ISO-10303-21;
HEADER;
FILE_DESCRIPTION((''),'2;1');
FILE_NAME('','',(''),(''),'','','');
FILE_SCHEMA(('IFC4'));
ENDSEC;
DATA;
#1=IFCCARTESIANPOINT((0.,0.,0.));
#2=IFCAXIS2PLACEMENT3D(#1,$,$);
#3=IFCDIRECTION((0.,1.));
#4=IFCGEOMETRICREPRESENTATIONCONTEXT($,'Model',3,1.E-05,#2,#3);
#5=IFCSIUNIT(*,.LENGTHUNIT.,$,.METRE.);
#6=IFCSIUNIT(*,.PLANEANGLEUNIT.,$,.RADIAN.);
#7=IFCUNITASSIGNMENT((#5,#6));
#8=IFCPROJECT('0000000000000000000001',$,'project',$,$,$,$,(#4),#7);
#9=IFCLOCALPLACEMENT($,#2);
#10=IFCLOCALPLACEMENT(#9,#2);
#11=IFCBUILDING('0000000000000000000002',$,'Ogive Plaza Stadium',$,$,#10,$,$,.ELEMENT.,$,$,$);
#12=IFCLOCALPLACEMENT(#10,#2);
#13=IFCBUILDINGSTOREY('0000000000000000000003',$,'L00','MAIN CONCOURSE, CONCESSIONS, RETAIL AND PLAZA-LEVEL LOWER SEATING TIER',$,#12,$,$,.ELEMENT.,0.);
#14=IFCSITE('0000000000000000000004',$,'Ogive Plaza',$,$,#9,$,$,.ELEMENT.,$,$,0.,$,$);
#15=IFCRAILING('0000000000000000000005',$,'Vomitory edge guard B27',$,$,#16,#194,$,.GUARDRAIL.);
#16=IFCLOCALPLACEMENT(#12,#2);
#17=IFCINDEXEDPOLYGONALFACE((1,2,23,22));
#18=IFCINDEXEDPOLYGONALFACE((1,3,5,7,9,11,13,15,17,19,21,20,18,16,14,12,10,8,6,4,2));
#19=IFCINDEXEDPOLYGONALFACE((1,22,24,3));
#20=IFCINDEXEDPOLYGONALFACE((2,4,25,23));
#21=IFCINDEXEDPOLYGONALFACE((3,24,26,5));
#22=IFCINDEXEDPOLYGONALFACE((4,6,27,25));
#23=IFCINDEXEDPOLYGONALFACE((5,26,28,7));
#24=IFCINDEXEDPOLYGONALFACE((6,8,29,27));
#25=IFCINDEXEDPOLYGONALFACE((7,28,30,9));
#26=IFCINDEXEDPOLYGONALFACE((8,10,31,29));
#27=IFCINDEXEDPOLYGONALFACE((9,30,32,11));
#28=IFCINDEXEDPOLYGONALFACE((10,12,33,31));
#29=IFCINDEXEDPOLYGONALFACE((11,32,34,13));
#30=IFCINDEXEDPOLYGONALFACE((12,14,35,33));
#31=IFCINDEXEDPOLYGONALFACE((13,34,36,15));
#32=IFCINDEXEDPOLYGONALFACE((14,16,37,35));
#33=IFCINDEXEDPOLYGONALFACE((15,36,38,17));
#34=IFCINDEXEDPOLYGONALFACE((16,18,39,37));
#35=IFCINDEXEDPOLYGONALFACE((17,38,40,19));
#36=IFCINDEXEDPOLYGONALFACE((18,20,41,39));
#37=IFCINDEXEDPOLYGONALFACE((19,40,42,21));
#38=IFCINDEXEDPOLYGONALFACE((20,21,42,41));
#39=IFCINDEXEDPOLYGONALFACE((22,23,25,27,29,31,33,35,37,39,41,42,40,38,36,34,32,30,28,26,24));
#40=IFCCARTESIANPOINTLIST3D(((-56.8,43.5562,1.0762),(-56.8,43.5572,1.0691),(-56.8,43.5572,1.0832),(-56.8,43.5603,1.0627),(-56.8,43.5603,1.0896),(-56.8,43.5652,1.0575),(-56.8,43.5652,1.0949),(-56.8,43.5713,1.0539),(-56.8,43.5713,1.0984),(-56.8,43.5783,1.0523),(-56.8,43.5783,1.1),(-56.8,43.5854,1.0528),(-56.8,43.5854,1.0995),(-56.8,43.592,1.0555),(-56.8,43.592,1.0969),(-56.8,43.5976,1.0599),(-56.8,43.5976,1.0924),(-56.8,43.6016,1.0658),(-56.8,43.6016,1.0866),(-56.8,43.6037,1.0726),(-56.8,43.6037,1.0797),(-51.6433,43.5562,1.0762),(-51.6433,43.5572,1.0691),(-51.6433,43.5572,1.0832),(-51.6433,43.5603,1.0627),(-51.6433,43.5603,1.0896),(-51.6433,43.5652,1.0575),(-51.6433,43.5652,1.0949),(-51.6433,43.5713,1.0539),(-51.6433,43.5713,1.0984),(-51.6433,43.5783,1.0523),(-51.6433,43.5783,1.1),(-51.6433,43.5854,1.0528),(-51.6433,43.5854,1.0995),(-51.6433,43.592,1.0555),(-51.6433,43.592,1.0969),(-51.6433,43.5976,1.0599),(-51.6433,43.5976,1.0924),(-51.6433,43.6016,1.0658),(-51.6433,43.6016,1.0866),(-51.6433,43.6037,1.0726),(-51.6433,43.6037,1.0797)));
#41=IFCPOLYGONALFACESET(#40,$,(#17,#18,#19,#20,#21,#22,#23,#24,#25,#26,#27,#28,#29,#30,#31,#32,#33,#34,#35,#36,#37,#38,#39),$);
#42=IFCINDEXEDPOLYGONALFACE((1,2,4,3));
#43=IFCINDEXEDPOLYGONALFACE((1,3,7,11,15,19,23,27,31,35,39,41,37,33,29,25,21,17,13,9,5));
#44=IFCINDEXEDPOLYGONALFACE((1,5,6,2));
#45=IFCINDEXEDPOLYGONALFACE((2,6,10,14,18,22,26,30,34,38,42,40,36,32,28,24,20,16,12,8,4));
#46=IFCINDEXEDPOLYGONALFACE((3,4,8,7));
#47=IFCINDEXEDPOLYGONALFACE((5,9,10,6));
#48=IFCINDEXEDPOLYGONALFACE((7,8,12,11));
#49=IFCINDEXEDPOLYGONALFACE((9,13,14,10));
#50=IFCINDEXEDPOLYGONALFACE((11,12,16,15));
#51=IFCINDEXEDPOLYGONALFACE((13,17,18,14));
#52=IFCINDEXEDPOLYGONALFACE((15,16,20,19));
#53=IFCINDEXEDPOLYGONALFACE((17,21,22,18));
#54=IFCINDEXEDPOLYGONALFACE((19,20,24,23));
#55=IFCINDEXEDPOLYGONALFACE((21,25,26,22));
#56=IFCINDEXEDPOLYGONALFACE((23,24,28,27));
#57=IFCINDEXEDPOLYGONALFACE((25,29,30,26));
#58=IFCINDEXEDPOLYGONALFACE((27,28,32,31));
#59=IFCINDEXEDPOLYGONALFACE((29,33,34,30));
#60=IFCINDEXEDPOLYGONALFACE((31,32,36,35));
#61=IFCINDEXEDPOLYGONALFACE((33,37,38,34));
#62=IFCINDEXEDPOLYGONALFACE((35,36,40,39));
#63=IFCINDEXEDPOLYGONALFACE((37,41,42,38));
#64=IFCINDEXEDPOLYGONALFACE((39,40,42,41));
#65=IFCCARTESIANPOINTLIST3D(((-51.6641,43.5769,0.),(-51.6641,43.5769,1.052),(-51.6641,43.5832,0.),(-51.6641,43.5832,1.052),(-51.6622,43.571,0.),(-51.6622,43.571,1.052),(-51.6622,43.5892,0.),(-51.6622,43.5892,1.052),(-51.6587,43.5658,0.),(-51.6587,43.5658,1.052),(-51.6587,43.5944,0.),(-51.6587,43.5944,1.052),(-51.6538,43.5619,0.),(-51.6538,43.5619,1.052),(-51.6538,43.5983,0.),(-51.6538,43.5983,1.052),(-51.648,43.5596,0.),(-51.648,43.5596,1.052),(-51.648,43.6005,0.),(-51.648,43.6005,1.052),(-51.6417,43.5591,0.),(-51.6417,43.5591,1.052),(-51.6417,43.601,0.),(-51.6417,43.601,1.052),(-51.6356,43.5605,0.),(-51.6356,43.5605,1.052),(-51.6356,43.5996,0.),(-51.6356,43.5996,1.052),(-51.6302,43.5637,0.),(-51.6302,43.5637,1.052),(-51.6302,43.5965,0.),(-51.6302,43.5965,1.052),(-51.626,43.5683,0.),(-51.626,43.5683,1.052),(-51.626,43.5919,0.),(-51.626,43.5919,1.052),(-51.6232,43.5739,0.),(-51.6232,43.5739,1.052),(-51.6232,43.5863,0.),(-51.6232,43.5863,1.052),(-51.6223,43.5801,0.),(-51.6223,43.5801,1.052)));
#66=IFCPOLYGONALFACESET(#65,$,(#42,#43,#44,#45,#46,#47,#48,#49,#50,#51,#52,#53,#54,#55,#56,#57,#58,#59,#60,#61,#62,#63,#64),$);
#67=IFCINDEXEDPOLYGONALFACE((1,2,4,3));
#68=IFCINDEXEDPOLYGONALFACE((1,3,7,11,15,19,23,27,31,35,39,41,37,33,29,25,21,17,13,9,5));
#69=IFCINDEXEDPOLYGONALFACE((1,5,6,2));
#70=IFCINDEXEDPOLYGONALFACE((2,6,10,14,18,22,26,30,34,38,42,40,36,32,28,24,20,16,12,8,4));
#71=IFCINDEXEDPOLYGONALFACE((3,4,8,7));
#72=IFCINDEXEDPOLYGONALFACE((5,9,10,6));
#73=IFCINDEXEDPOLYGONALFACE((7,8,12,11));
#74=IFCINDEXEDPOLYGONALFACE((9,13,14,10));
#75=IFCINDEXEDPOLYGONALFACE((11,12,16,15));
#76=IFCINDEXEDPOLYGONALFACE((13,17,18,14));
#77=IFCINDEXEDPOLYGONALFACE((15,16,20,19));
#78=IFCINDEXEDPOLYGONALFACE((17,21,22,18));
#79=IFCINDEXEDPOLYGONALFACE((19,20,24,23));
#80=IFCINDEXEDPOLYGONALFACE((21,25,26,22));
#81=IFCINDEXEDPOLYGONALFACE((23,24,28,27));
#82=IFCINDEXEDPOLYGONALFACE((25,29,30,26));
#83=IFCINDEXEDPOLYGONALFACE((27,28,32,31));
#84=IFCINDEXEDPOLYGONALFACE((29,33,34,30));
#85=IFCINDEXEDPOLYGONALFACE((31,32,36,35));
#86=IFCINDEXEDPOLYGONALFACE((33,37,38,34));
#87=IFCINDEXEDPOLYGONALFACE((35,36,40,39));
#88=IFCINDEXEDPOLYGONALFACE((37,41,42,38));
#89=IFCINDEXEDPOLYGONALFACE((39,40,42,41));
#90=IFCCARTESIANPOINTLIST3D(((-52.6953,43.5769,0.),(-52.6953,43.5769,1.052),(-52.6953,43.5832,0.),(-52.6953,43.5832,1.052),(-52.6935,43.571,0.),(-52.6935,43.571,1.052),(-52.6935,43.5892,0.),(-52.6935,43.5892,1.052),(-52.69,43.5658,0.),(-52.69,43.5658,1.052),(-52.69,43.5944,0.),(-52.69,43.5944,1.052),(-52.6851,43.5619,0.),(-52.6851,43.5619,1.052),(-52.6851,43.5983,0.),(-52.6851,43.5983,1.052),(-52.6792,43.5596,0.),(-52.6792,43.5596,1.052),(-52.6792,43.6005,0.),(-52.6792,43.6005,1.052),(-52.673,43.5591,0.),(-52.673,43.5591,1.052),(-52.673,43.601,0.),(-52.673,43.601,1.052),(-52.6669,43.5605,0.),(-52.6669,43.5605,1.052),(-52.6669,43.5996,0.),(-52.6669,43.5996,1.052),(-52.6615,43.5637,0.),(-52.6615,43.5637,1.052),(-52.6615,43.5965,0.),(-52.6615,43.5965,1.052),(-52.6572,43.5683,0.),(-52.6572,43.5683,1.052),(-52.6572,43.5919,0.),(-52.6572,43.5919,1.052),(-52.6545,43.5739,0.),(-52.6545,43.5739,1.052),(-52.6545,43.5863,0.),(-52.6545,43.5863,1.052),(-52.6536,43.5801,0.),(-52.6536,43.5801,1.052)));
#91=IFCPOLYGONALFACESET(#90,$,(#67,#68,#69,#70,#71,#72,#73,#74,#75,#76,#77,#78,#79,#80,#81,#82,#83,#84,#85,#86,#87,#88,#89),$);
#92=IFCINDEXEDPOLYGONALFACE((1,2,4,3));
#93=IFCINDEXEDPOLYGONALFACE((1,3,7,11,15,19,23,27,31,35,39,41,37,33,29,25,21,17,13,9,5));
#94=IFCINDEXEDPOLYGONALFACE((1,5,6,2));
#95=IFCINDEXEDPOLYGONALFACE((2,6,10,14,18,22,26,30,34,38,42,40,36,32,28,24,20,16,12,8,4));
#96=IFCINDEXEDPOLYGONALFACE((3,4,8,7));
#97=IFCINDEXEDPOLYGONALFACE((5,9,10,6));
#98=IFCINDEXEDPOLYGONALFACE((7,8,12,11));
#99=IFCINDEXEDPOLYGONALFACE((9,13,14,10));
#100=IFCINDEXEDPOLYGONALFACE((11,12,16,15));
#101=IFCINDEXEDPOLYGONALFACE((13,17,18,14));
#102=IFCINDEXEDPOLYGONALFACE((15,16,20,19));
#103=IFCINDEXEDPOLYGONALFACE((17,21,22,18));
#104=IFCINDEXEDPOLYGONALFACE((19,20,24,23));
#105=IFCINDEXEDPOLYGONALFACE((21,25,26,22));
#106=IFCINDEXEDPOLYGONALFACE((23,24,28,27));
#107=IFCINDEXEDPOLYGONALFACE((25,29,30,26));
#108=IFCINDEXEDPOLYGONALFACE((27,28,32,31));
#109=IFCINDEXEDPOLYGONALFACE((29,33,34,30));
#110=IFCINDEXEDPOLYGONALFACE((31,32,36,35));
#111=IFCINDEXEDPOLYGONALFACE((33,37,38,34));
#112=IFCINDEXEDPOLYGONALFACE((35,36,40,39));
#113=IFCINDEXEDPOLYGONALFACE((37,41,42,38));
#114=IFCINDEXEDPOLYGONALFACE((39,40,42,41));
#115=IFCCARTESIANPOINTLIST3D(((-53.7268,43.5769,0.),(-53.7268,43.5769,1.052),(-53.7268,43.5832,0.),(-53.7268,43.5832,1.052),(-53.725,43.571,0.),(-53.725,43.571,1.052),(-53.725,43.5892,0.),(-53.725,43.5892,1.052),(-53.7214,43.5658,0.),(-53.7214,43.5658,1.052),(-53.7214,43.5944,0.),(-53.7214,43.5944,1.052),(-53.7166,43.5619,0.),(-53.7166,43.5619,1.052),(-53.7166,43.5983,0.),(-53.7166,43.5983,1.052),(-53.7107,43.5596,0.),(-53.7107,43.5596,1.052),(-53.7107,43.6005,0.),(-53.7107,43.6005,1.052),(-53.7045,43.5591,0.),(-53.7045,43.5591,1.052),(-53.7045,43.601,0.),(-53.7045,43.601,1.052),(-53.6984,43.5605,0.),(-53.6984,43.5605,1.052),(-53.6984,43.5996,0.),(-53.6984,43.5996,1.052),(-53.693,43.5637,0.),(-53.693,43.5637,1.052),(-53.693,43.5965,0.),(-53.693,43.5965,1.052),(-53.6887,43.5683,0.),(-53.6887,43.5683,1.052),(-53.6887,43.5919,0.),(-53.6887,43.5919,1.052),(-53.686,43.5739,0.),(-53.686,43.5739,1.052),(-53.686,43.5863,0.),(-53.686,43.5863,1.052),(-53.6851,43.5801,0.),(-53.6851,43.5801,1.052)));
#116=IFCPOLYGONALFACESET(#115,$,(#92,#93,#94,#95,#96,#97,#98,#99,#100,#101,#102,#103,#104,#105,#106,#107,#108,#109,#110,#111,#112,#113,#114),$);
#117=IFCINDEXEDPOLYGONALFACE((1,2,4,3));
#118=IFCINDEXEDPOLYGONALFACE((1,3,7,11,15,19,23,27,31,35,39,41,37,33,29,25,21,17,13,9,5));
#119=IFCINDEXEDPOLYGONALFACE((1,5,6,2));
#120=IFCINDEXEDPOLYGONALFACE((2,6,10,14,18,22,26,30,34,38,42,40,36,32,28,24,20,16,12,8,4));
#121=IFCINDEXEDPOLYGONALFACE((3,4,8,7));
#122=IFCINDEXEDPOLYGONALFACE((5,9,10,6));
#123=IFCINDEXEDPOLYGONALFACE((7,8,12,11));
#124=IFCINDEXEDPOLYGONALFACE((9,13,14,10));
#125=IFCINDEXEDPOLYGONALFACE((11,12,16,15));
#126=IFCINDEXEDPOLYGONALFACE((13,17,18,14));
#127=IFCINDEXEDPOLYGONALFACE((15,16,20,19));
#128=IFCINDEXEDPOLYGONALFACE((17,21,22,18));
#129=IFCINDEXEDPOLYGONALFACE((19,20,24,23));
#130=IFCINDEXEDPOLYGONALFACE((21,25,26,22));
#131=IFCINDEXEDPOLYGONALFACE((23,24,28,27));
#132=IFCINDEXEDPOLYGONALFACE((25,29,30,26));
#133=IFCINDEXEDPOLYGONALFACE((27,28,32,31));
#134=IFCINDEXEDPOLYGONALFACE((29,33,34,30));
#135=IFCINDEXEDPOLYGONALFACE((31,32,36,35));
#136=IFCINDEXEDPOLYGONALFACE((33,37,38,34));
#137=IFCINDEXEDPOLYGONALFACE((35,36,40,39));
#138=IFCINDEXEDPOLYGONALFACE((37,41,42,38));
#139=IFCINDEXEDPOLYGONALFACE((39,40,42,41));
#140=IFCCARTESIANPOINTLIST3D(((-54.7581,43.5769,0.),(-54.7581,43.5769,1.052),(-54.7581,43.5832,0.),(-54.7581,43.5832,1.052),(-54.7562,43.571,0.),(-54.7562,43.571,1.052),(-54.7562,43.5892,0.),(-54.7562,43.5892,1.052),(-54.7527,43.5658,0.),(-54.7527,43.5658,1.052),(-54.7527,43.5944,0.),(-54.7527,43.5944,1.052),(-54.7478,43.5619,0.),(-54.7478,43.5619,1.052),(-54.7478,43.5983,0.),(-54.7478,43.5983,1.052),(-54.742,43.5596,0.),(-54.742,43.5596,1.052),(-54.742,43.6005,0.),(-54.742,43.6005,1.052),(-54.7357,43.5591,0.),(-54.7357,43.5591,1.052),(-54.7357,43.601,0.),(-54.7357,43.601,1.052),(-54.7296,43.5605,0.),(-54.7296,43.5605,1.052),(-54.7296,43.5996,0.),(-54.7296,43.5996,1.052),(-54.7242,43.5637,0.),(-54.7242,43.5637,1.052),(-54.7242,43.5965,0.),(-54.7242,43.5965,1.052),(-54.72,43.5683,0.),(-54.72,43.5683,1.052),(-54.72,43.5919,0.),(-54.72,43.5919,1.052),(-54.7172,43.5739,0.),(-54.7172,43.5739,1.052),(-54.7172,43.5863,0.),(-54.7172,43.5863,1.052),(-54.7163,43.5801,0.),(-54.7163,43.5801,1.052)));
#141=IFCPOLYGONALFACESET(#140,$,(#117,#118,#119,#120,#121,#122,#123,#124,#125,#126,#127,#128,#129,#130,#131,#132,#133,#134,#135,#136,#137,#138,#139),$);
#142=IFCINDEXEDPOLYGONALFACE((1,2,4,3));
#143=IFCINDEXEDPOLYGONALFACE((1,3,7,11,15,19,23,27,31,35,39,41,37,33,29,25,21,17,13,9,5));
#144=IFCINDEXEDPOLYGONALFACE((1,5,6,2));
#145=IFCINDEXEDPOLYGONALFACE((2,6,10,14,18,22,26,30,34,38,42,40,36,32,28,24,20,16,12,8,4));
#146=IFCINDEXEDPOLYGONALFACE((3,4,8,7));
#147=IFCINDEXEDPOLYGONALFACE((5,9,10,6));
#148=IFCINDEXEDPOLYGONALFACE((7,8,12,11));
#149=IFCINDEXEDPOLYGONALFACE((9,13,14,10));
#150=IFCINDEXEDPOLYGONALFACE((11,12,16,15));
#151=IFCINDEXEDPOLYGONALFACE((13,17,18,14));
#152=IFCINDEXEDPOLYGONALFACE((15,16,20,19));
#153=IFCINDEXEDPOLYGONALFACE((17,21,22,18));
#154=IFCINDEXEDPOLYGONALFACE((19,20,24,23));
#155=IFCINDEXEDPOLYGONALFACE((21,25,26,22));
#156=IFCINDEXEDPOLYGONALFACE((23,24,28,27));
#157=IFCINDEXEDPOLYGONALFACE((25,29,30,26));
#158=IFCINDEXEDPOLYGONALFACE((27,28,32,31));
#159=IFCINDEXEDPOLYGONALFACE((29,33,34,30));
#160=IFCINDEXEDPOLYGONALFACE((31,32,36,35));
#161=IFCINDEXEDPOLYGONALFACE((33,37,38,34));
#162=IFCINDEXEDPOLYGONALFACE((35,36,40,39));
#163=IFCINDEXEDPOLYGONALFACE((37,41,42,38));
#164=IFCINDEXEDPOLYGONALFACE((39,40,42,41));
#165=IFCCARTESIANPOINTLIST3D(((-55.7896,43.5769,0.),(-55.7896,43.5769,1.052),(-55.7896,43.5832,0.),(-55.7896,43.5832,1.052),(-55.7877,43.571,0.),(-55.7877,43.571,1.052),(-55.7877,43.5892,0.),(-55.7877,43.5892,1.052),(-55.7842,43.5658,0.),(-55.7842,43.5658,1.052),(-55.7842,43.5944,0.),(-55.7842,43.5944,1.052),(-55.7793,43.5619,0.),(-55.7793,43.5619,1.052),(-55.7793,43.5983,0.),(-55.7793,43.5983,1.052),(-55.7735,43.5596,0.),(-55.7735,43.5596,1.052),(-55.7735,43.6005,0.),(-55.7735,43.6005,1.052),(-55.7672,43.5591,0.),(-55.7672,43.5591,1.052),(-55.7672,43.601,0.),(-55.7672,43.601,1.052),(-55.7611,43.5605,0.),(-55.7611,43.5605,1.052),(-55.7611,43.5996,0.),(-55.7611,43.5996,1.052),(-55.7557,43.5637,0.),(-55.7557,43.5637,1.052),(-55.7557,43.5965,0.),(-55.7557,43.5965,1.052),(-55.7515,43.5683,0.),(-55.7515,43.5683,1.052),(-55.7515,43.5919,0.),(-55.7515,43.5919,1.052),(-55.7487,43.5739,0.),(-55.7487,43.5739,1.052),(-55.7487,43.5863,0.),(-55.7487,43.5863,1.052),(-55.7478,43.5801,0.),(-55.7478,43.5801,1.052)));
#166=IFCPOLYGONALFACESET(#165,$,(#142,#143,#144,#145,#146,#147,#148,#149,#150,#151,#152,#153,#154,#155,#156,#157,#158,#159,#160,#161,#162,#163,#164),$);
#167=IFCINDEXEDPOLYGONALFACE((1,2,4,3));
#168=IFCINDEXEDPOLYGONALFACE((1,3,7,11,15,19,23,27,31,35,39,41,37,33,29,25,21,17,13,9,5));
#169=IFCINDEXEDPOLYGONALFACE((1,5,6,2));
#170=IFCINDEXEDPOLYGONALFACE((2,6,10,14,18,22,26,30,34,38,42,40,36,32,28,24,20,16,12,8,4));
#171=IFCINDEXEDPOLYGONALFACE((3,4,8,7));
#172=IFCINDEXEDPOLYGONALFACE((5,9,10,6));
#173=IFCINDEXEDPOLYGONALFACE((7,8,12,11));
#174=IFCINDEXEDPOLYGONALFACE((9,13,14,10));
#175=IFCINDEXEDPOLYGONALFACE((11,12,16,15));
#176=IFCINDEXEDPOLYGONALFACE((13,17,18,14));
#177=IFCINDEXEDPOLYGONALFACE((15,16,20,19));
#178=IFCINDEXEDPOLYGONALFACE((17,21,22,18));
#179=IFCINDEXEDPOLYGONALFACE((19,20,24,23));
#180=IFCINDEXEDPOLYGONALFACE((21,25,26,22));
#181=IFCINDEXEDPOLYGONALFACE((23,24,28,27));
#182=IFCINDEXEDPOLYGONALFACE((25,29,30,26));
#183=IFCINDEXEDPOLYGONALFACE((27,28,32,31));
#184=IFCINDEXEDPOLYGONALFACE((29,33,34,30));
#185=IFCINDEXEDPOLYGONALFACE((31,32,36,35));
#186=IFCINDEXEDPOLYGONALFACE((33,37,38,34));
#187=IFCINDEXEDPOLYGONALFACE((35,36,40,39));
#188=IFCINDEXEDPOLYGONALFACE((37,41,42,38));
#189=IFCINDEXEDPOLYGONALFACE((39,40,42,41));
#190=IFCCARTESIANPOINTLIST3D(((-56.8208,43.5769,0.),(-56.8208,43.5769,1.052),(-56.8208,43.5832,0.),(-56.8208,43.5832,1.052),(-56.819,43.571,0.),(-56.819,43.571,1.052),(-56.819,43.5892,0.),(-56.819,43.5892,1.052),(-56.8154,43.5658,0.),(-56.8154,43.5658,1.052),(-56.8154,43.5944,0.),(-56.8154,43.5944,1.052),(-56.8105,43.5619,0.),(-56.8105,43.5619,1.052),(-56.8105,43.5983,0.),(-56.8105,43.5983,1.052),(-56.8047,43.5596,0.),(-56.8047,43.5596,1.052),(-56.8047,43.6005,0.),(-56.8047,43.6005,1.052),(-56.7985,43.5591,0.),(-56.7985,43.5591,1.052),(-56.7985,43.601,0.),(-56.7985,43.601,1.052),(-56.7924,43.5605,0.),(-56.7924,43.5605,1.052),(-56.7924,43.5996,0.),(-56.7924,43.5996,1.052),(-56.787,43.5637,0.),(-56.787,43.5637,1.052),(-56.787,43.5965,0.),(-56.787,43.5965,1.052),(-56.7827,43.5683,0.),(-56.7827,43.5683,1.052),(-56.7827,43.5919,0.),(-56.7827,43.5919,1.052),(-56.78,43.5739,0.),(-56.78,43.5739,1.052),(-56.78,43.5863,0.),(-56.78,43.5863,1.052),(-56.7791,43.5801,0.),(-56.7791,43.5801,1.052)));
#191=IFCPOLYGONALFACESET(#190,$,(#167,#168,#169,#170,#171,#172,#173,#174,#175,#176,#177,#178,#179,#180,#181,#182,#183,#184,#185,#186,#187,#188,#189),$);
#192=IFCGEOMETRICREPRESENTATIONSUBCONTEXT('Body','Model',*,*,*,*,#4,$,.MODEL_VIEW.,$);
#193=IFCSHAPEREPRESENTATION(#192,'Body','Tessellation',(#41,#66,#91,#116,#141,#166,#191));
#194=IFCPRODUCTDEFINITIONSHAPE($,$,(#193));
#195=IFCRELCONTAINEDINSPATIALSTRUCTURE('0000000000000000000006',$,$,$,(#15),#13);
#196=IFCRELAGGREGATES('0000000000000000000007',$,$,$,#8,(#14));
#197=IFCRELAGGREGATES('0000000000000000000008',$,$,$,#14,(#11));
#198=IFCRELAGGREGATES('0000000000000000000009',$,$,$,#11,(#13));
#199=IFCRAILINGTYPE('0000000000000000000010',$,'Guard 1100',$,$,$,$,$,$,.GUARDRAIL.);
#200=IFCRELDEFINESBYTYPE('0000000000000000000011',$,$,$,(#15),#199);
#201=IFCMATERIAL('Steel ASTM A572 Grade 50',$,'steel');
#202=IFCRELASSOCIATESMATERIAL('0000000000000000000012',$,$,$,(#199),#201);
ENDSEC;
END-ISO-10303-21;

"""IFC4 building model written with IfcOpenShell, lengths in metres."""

from ifc_helpers import new_model, si_unit, direction, frame, origin, origin_2d, place, context, subcontext, project, spatial, circle, extrude, material, type_object, element, save


model = new_model("IFC4")

# Units and contexts
model_context = context("Model", 3, precision=1e-05, world=origin(), true_north=direction((0.0, 1.0)))
body_context = subcontext(model_context, "Body", "Model", "MODEL_VIEW")
ifc_project = project(units=[si_unit("LENGTHUNIT", "METRE"), si_unit("PLANEANGLEUNIT", "RADIAN")], contexts=[model_context])

# Site, building, storey
site_placement = place(None, origin())
site = spatial("IfcSite", under=ifc_project, at=site_placement, Name="Ogive Plaza", CompositionType="ELEMENT", RefElevation=0.0)
building_placement = place(site_placement, origin())
building = spatial("IfcBuilding", under=site, at=building_placement, Name="Ogive Plaza Stadium", CompositionType="ELEMENT")
storey_placement = place(building_placement, origin())
storey = spatial("IfcBuildingStorey", under=building, at=storey_placement, Name="L00", Description="MAIN CONCOURSE, CONCESSIONS, RETAIL AND PLAZA-LEVEL LOWER SEATING TIER", CompositionType="ELEMENT", Elevation=0.0)

# Railing
ifc_material_1 = material(Name="Steel ASTM A572 Grade 50", Category="steel")
railing_type = type_object("IfcRailingType", Name="Guard 1100", PredefinedType="GUARDRAIL", material=ifc_material_1)
for number, where, name in (
    (1, (-51.6433, 43.5801, 0.0), "Vomitory edge guard B27"),
):
    element("IfcRailing", number, at=place(storey_placement, frame(where)), inside=storey, type_object=railing_type, Name=name, PredefinedType="GUARDRAIL", context=body_context, shape_type="SweptSolid", body=[
        extrude(circle(Radius=0.0239, at=origin_2d()), frame((0.0, 0.0, 1.0762), z_axis=(-1.0, 0.0, 0.0), x_axis=(0.0, -1.0, 0.0)), (0.0, 0.0, 1.0), 5.1567),
        extrude(circle(Radius=0.021, at=origin_2d()), origin(), (0.0, 0.0, 1.0), 1.052),
        extrude(circle(Radius=0.021, at=origin_2d()), frame((-1.0312, 0.0, 0.0)), (0.0, 0.0, 1.0), 1.052),
        extrude(circle(Radius=0.021, at=origin_2d()), frame((-2.0627, 0.0, 0.0)), (0.0, 0.0, 1.0), 1.052),
        extrude(circle(Radius=0.021, at=origin_2d()), frame((-3.094, 0.0, 0.0)), (0.0, 0.0, 1.0), 1.052),
        extrude(circle(Radius=0.021, at=origin_2d()), frame((-4.1255, 0.0, 0.0)), (0.0, 0.0, 1.0), 1.052),
        extrude(circle(Radius=0.021, at=origin_2d()), frame((-5.1567, 0.0, 0.0)), (0.0, 0.0, 1.0), 1.052),
    ])

save(model, "model.ifc")
